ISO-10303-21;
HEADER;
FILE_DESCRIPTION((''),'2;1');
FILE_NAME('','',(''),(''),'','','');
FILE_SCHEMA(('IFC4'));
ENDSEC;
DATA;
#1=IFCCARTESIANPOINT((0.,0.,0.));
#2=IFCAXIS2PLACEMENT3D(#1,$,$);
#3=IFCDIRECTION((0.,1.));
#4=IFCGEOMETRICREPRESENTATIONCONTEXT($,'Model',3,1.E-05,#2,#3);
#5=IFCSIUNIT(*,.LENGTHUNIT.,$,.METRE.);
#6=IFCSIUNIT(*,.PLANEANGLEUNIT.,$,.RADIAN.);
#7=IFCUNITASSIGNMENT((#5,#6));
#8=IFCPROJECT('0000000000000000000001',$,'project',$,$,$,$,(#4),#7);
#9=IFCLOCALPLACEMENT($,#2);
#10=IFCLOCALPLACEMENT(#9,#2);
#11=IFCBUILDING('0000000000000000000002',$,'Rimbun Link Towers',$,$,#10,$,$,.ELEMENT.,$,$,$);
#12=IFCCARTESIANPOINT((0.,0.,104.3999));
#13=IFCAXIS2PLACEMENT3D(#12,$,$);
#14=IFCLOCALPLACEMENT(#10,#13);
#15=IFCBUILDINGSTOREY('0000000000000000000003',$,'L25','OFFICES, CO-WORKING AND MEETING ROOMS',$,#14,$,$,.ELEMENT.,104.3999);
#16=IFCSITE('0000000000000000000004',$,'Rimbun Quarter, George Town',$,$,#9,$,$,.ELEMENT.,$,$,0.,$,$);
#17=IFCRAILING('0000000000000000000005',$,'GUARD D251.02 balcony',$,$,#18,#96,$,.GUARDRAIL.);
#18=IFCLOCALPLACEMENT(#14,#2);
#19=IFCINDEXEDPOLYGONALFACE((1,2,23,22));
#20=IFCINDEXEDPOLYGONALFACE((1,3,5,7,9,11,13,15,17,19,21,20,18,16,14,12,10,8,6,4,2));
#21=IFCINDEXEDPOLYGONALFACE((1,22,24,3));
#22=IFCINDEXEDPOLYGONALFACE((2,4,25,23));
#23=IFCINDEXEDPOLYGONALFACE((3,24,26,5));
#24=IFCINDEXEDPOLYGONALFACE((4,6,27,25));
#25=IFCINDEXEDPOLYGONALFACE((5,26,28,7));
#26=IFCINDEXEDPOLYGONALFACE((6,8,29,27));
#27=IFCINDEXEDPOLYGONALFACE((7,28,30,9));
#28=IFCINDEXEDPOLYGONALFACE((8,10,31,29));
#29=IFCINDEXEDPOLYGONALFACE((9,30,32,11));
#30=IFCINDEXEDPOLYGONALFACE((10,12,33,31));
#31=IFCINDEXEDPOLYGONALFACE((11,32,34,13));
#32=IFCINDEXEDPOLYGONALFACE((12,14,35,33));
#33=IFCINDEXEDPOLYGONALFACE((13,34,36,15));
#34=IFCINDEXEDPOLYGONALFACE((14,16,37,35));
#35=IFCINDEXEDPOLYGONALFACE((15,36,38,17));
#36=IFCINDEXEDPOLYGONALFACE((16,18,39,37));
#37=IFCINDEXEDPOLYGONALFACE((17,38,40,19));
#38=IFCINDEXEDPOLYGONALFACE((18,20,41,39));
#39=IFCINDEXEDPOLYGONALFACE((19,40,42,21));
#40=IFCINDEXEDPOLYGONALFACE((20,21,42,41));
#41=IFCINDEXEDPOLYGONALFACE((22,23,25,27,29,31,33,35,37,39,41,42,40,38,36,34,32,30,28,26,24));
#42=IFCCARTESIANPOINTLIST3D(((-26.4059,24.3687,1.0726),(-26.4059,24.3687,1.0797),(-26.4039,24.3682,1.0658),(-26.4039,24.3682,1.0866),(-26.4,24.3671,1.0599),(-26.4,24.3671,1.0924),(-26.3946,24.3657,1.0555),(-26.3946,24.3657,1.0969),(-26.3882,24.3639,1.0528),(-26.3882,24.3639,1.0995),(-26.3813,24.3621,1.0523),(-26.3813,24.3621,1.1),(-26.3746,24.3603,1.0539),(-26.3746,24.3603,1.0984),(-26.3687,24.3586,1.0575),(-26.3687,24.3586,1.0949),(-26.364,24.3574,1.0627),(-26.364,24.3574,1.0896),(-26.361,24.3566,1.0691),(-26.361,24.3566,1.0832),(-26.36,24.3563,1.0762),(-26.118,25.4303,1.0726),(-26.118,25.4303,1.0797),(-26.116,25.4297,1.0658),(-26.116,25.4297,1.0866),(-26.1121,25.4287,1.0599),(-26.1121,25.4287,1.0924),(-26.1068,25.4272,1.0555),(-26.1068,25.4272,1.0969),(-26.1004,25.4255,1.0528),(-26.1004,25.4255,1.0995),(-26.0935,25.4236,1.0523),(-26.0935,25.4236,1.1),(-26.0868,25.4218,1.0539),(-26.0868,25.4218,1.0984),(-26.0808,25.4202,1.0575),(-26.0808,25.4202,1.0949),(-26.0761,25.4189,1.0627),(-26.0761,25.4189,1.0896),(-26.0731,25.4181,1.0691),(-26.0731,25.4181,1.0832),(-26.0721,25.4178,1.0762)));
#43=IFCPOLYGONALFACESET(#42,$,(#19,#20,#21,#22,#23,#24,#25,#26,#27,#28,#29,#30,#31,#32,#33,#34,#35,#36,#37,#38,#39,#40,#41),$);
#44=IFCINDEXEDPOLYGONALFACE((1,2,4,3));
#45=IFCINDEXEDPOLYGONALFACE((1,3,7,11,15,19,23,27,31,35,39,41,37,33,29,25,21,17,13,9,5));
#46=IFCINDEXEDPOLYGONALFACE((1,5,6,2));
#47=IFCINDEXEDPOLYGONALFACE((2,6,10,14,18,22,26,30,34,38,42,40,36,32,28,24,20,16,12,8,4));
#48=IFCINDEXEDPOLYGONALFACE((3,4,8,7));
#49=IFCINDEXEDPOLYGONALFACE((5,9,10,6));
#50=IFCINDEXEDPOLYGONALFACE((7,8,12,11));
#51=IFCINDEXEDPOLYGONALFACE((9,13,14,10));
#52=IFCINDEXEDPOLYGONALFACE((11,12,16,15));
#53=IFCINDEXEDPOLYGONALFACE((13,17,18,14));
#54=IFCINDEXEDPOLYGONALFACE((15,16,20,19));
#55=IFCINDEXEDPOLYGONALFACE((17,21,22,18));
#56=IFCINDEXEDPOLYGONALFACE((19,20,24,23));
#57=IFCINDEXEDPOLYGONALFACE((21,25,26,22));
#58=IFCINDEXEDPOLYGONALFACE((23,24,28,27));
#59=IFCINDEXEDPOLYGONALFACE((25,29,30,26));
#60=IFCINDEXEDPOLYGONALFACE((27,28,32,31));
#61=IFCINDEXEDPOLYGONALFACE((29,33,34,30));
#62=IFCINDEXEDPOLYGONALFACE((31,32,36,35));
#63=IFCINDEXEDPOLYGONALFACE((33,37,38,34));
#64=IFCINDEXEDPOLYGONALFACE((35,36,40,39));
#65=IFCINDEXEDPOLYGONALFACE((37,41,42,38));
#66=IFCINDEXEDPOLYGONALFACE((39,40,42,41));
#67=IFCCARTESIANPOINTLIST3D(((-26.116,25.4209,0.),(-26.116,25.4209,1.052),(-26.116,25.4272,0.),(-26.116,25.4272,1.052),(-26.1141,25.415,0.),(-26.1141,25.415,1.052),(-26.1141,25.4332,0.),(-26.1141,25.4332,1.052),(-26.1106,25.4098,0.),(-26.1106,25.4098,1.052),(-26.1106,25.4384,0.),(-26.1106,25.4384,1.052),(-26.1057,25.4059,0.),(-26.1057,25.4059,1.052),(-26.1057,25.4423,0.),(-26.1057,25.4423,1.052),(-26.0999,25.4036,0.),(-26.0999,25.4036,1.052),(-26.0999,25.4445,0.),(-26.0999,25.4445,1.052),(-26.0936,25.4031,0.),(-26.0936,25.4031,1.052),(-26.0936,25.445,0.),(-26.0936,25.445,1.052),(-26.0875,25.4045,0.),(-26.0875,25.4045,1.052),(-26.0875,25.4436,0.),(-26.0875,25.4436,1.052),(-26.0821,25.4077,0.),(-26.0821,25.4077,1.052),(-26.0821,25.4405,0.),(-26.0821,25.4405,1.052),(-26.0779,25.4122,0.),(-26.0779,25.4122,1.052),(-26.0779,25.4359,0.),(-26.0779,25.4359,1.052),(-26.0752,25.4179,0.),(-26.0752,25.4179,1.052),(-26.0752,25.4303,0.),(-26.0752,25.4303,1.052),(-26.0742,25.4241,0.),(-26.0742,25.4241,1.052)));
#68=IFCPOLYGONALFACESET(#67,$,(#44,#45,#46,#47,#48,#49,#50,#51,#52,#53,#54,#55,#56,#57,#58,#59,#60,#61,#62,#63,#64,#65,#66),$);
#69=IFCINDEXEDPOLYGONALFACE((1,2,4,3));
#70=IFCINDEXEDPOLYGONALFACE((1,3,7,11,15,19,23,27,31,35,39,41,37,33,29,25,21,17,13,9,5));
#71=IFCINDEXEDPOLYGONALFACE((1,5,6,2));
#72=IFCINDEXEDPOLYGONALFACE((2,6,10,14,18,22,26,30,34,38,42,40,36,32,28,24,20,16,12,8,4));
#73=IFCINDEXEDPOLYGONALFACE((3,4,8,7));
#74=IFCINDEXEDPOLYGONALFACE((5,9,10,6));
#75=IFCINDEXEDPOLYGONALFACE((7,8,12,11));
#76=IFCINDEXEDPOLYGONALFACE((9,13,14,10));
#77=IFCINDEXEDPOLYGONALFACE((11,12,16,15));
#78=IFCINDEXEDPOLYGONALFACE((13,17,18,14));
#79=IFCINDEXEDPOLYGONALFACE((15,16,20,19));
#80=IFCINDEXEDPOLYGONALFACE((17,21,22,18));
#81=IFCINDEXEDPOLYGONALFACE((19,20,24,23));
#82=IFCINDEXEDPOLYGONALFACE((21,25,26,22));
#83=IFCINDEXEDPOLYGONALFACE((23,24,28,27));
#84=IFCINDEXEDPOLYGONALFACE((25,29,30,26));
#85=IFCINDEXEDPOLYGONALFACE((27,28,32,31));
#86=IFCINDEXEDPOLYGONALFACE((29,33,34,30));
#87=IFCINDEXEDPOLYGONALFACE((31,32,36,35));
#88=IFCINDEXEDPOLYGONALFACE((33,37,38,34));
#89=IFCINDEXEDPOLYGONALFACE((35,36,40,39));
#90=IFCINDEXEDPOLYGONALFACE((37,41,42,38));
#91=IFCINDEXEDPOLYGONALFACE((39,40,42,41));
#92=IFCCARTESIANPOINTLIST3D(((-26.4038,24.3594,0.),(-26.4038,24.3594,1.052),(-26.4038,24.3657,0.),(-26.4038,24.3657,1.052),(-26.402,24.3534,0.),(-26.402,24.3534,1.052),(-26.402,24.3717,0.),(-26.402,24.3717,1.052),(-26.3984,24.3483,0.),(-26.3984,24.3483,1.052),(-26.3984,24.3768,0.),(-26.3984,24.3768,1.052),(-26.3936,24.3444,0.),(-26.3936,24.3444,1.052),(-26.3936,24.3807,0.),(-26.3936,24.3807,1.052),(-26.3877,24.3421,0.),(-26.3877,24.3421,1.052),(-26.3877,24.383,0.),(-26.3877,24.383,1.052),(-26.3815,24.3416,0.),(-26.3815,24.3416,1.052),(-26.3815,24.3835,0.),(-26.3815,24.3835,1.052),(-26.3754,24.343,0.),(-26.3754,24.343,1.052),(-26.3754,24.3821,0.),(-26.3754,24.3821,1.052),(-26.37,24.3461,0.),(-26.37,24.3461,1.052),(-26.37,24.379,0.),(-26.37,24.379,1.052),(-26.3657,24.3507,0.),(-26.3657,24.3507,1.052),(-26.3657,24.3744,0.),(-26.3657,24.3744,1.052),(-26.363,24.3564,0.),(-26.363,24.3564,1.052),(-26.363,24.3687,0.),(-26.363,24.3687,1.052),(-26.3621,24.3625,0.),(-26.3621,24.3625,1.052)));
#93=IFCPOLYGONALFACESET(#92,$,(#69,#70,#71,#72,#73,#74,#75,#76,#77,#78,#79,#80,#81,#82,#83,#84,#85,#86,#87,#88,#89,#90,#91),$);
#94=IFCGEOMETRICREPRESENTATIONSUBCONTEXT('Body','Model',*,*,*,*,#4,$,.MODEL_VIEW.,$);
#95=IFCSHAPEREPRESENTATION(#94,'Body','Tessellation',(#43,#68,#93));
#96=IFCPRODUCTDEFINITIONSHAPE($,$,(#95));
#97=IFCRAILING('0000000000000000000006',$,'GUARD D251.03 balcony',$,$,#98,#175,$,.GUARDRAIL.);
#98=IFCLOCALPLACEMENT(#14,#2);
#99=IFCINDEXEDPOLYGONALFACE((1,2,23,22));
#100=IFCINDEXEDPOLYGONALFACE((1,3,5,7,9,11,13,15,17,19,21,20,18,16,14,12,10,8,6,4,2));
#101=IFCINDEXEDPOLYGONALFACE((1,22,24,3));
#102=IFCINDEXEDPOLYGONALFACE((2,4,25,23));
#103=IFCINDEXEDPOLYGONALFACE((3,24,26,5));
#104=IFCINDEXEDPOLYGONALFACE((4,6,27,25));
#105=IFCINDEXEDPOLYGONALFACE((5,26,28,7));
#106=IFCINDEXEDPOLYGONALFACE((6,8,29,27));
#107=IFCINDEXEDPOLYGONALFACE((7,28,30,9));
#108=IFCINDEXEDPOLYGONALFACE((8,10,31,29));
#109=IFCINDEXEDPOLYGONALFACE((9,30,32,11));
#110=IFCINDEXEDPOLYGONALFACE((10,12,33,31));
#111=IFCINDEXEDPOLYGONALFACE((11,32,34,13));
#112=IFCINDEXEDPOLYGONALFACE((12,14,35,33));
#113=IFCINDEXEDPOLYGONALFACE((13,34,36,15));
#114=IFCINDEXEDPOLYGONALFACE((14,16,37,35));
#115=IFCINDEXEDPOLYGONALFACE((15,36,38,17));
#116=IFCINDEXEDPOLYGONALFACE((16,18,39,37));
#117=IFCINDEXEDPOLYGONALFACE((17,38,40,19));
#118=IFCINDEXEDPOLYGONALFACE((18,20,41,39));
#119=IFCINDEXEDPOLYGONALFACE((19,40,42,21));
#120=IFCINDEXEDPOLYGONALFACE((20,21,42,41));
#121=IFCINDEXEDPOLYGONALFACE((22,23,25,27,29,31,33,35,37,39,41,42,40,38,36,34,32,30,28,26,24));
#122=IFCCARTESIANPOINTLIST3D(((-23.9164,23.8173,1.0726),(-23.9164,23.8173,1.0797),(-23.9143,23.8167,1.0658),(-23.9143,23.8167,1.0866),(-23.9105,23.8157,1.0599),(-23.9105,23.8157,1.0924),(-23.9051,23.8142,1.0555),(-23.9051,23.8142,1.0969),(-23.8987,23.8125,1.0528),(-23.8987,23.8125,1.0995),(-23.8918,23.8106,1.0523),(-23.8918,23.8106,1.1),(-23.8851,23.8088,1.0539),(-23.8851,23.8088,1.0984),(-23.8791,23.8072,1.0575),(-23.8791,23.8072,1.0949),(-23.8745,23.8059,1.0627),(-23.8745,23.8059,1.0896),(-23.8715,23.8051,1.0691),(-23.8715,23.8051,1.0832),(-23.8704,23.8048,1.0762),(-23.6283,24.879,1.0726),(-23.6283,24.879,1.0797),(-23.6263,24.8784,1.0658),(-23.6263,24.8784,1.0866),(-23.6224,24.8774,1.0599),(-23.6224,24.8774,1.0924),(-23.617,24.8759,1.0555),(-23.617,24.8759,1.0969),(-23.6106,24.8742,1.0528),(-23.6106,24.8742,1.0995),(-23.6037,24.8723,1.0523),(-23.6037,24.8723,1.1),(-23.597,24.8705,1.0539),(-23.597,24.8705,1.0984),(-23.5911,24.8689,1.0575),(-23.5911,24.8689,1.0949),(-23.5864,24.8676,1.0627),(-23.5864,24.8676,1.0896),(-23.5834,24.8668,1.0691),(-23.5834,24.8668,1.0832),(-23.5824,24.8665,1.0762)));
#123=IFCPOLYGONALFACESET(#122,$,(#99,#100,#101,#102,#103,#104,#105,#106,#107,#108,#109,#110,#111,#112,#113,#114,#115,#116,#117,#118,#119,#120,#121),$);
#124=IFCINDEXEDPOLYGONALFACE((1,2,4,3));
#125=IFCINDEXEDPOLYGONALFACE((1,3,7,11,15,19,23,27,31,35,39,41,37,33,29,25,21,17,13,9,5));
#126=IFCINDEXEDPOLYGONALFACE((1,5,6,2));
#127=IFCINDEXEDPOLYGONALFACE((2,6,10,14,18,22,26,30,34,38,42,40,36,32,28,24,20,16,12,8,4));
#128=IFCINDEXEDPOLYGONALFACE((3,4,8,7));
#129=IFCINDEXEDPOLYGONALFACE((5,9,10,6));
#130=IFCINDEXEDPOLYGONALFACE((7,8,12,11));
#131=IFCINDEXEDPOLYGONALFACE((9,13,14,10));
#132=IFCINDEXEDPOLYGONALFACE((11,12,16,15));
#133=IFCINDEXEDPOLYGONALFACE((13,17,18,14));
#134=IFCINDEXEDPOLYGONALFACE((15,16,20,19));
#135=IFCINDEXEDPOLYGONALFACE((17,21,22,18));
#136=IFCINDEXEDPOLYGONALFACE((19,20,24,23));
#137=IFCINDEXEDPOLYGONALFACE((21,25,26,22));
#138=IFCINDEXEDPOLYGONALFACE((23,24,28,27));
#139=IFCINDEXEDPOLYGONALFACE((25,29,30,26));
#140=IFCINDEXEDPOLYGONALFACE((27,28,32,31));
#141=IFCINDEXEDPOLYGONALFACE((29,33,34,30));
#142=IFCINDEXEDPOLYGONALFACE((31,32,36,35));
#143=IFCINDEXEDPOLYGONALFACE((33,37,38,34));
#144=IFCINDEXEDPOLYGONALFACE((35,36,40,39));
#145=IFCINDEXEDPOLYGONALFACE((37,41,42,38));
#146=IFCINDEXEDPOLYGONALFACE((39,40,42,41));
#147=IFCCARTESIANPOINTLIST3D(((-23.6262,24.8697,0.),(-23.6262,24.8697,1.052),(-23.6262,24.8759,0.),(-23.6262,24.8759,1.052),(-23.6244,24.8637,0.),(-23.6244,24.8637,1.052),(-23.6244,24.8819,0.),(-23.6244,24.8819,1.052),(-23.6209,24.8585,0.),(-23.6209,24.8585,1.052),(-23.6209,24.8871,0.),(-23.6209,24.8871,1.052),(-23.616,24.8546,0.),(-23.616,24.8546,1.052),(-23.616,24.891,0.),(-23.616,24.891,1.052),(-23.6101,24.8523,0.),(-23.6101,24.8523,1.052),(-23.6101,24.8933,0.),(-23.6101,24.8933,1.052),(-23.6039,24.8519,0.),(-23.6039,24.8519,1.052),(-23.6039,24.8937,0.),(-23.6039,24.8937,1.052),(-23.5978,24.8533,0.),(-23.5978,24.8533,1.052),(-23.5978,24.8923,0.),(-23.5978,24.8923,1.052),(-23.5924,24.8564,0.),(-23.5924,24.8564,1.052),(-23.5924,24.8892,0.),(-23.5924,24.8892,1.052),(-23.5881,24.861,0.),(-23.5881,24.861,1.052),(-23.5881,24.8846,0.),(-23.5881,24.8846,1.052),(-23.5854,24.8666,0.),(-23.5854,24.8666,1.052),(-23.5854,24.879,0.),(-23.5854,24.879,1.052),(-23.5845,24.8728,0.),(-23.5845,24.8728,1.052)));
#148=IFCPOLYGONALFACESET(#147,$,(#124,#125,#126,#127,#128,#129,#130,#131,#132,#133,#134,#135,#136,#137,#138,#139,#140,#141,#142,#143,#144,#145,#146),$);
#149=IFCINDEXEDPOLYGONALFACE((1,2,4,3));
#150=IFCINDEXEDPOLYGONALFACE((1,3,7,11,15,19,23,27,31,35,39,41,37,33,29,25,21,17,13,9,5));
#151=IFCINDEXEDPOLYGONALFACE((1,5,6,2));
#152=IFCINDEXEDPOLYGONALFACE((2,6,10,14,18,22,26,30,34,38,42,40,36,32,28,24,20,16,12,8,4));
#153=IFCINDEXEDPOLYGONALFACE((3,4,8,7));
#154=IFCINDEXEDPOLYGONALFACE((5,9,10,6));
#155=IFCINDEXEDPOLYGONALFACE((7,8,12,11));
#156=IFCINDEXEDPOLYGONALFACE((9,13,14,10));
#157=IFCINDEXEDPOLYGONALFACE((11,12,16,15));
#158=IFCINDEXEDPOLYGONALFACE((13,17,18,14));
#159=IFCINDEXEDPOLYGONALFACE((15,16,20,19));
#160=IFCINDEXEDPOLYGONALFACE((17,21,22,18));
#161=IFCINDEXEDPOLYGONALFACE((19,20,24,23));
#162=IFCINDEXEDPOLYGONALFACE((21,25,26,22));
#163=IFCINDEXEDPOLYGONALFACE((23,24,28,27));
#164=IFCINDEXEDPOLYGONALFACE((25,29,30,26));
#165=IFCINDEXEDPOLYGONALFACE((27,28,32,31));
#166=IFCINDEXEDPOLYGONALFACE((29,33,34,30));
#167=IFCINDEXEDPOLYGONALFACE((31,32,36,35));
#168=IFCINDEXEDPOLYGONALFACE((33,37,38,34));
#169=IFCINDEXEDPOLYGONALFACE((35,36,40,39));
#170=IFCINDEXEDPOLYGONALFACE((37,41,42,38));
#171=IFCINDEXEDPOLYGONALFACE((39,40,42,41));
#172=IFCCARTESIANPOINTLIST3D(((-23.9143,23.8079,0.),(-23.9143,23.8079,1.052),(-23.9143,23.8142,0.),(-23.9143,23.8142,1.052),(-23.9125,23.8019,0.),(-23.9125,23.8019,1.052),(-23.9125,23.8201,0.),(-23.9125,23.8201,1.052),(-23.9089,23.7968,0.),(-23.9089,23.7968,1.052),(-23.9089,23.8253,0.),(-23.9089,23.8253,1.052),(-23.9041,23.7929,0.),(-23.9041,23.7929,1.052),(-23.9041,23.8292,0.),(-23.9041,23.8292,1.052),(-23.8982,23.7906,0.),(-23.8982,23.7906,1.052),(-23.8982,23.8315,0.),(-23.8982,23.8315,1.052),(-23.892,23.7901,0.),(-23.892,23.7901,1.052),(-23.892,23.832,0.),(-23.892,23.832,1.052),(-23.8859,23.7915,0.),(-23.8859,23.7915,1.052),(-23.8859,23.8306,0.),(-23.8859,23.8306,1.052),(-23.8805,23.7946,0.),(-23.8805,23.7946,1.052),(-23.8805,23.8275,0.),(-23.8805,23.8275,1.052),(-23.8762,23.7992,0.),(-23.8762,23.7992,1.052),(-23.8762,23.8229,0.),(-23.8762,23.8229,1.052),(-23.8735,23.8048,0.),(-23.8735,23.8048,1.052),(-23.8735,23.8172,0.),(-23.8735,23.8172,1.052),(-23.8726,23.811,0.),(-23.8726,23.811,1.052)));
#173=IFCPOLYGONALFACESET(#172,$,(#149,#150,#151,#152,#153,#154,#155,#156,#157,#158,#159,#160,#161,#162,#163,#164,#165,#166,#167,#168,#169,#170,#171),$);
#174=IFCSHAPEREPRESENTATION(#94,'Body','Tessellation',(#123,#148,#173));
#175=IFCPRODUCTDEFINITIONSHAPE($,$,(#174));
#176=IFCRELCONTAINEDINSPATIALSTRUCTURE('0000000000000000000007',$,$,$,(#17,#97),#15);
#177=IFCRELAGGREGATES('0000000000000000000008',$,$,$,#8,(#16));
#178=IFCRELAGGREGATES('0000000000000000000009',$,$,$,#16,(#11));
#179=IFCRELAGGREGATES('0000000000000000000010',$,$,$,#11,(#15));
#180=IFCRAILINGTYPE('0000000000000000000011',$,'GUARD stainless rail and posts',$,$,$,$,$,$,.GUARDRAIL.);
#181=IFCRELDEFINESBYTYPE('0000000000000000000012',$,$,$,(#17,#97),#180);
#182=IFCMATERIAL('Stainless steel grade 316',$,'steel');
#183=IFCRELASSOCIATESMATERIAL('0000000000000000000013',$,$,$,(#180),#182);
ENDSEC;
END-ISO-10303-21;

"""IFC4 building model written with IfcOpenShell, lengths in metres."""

from ifc_helpers import new_model, si_unit, direction, frame, origin, origin_2d, place, context, subcontext, project, spatial, circle, extrude, material, type_object, element, save


model = new_model("IFC4")

# Units and contexts
model_context = context("Model", 3, precision=1e-05, world=origin(), true_north=direction((0.0, 1.0)))
body_context = subcontext(model_context, "Body", "Model", "MODEL_VIEW")
ifc_project = project(units=[si_unit("LENGTHUNIT", "METRE"), si_unit("PLANEANGLEUNIT", "RADIAN")], contexts=[model_context])

# Site, building, storey
site_placement = place(None, origin())
site = spatial("IfcSite", under=ifc_project, at=site_placement, Name="Rimbun Quarter, George Town", CompositionType="ELEMENT", RefElevation=0.0)
building_placement = place(site_placement, origin())
building = spatial("IfcBuilding", under=site, at=building_placement, Name="Rimbun Link Towers", CompositionType="ELEMENT")
storey_placement = place(building_placement, frame((0.0, 0.0, 104.3999)))
storey = spatial("IfcBuildingStorey", under=building, at=storey_placement, Name="L25", Description="OFFICES, CO-WORKING AND MEETING ROOMS", CompositionType="ELEMENT", Elevation=104.3999)

# Railings
ifc_material_1 = material(Name="Stainless steel grade 316", Category="steel")
railing_type = type_object("IfcRailingType", Name="GUARD stainless rail and posts", PredefinedType="GUARDRAIL", material=ifc_material_1)
railing_1_placement = place(storey_placement, frame((-26.0952, 25.4241, 0.0)))
element("IfcRailing", 1, at=railing_1_placement, inside=storey, type_object=railing_type, Name="GUARD D251.02 balcony", PredefinedType="GUARDRAIL", context=body_context, shape_type="SweptSolid", body=[
    extrude(circle(Radius=0.0239, at=origin_2d()), frame((0.0, 0.0, 1.0762), z_axis=(-0.261708, -0.965147, 0.0), x_axis=(0.965147, -0.261708, 0.0)), (0.0, 0.0, 1.0), 1.0999),
    extrude(circle(Radius=0.021, at=origin_2d()), origin(), (0.0, 0.0, 1.0), 1.052),
    extrude(circle(Radius=0.021, at=origin_2d()), frame((-0.2878, -1.0615, 0.0)), (0.0, 0.0, 1.0), 1.052),
])
railing_2_placement = place(storey_placement, frame((-23.6055, 24.8728, 0.0)))
element("IfcRailing", 2, at=railing_2_placement, inside=storey, type_object=railing_type, Name="GUARD D251.03 balcony", PredefinedType="GUARDRAIL", context=body_context, shape_type="SweptSolid", body=[
    extrude(circle(Radius=0.0239, at=origin_2d()), frame((0.0, 0.0, 1.0762), z_axis=(-0.261859, -0.965106, 0.0), x_axis=(0.965106, -0.261859, 0.0)), (0.0, 0.0, 1.0), 1.1001),
    extrude(circle(Radius=0.021, at=origin_2d()), origin(), (0.0, 0.0, 1.0), 1.052),
    extrude(circle(Radius=0.021, at=origin_2d()), frame((-0.2881, -1.0618, 0.0)), (0.0, 0.0, 1.0), 1.052),
])

save(model, "model.ifc")
